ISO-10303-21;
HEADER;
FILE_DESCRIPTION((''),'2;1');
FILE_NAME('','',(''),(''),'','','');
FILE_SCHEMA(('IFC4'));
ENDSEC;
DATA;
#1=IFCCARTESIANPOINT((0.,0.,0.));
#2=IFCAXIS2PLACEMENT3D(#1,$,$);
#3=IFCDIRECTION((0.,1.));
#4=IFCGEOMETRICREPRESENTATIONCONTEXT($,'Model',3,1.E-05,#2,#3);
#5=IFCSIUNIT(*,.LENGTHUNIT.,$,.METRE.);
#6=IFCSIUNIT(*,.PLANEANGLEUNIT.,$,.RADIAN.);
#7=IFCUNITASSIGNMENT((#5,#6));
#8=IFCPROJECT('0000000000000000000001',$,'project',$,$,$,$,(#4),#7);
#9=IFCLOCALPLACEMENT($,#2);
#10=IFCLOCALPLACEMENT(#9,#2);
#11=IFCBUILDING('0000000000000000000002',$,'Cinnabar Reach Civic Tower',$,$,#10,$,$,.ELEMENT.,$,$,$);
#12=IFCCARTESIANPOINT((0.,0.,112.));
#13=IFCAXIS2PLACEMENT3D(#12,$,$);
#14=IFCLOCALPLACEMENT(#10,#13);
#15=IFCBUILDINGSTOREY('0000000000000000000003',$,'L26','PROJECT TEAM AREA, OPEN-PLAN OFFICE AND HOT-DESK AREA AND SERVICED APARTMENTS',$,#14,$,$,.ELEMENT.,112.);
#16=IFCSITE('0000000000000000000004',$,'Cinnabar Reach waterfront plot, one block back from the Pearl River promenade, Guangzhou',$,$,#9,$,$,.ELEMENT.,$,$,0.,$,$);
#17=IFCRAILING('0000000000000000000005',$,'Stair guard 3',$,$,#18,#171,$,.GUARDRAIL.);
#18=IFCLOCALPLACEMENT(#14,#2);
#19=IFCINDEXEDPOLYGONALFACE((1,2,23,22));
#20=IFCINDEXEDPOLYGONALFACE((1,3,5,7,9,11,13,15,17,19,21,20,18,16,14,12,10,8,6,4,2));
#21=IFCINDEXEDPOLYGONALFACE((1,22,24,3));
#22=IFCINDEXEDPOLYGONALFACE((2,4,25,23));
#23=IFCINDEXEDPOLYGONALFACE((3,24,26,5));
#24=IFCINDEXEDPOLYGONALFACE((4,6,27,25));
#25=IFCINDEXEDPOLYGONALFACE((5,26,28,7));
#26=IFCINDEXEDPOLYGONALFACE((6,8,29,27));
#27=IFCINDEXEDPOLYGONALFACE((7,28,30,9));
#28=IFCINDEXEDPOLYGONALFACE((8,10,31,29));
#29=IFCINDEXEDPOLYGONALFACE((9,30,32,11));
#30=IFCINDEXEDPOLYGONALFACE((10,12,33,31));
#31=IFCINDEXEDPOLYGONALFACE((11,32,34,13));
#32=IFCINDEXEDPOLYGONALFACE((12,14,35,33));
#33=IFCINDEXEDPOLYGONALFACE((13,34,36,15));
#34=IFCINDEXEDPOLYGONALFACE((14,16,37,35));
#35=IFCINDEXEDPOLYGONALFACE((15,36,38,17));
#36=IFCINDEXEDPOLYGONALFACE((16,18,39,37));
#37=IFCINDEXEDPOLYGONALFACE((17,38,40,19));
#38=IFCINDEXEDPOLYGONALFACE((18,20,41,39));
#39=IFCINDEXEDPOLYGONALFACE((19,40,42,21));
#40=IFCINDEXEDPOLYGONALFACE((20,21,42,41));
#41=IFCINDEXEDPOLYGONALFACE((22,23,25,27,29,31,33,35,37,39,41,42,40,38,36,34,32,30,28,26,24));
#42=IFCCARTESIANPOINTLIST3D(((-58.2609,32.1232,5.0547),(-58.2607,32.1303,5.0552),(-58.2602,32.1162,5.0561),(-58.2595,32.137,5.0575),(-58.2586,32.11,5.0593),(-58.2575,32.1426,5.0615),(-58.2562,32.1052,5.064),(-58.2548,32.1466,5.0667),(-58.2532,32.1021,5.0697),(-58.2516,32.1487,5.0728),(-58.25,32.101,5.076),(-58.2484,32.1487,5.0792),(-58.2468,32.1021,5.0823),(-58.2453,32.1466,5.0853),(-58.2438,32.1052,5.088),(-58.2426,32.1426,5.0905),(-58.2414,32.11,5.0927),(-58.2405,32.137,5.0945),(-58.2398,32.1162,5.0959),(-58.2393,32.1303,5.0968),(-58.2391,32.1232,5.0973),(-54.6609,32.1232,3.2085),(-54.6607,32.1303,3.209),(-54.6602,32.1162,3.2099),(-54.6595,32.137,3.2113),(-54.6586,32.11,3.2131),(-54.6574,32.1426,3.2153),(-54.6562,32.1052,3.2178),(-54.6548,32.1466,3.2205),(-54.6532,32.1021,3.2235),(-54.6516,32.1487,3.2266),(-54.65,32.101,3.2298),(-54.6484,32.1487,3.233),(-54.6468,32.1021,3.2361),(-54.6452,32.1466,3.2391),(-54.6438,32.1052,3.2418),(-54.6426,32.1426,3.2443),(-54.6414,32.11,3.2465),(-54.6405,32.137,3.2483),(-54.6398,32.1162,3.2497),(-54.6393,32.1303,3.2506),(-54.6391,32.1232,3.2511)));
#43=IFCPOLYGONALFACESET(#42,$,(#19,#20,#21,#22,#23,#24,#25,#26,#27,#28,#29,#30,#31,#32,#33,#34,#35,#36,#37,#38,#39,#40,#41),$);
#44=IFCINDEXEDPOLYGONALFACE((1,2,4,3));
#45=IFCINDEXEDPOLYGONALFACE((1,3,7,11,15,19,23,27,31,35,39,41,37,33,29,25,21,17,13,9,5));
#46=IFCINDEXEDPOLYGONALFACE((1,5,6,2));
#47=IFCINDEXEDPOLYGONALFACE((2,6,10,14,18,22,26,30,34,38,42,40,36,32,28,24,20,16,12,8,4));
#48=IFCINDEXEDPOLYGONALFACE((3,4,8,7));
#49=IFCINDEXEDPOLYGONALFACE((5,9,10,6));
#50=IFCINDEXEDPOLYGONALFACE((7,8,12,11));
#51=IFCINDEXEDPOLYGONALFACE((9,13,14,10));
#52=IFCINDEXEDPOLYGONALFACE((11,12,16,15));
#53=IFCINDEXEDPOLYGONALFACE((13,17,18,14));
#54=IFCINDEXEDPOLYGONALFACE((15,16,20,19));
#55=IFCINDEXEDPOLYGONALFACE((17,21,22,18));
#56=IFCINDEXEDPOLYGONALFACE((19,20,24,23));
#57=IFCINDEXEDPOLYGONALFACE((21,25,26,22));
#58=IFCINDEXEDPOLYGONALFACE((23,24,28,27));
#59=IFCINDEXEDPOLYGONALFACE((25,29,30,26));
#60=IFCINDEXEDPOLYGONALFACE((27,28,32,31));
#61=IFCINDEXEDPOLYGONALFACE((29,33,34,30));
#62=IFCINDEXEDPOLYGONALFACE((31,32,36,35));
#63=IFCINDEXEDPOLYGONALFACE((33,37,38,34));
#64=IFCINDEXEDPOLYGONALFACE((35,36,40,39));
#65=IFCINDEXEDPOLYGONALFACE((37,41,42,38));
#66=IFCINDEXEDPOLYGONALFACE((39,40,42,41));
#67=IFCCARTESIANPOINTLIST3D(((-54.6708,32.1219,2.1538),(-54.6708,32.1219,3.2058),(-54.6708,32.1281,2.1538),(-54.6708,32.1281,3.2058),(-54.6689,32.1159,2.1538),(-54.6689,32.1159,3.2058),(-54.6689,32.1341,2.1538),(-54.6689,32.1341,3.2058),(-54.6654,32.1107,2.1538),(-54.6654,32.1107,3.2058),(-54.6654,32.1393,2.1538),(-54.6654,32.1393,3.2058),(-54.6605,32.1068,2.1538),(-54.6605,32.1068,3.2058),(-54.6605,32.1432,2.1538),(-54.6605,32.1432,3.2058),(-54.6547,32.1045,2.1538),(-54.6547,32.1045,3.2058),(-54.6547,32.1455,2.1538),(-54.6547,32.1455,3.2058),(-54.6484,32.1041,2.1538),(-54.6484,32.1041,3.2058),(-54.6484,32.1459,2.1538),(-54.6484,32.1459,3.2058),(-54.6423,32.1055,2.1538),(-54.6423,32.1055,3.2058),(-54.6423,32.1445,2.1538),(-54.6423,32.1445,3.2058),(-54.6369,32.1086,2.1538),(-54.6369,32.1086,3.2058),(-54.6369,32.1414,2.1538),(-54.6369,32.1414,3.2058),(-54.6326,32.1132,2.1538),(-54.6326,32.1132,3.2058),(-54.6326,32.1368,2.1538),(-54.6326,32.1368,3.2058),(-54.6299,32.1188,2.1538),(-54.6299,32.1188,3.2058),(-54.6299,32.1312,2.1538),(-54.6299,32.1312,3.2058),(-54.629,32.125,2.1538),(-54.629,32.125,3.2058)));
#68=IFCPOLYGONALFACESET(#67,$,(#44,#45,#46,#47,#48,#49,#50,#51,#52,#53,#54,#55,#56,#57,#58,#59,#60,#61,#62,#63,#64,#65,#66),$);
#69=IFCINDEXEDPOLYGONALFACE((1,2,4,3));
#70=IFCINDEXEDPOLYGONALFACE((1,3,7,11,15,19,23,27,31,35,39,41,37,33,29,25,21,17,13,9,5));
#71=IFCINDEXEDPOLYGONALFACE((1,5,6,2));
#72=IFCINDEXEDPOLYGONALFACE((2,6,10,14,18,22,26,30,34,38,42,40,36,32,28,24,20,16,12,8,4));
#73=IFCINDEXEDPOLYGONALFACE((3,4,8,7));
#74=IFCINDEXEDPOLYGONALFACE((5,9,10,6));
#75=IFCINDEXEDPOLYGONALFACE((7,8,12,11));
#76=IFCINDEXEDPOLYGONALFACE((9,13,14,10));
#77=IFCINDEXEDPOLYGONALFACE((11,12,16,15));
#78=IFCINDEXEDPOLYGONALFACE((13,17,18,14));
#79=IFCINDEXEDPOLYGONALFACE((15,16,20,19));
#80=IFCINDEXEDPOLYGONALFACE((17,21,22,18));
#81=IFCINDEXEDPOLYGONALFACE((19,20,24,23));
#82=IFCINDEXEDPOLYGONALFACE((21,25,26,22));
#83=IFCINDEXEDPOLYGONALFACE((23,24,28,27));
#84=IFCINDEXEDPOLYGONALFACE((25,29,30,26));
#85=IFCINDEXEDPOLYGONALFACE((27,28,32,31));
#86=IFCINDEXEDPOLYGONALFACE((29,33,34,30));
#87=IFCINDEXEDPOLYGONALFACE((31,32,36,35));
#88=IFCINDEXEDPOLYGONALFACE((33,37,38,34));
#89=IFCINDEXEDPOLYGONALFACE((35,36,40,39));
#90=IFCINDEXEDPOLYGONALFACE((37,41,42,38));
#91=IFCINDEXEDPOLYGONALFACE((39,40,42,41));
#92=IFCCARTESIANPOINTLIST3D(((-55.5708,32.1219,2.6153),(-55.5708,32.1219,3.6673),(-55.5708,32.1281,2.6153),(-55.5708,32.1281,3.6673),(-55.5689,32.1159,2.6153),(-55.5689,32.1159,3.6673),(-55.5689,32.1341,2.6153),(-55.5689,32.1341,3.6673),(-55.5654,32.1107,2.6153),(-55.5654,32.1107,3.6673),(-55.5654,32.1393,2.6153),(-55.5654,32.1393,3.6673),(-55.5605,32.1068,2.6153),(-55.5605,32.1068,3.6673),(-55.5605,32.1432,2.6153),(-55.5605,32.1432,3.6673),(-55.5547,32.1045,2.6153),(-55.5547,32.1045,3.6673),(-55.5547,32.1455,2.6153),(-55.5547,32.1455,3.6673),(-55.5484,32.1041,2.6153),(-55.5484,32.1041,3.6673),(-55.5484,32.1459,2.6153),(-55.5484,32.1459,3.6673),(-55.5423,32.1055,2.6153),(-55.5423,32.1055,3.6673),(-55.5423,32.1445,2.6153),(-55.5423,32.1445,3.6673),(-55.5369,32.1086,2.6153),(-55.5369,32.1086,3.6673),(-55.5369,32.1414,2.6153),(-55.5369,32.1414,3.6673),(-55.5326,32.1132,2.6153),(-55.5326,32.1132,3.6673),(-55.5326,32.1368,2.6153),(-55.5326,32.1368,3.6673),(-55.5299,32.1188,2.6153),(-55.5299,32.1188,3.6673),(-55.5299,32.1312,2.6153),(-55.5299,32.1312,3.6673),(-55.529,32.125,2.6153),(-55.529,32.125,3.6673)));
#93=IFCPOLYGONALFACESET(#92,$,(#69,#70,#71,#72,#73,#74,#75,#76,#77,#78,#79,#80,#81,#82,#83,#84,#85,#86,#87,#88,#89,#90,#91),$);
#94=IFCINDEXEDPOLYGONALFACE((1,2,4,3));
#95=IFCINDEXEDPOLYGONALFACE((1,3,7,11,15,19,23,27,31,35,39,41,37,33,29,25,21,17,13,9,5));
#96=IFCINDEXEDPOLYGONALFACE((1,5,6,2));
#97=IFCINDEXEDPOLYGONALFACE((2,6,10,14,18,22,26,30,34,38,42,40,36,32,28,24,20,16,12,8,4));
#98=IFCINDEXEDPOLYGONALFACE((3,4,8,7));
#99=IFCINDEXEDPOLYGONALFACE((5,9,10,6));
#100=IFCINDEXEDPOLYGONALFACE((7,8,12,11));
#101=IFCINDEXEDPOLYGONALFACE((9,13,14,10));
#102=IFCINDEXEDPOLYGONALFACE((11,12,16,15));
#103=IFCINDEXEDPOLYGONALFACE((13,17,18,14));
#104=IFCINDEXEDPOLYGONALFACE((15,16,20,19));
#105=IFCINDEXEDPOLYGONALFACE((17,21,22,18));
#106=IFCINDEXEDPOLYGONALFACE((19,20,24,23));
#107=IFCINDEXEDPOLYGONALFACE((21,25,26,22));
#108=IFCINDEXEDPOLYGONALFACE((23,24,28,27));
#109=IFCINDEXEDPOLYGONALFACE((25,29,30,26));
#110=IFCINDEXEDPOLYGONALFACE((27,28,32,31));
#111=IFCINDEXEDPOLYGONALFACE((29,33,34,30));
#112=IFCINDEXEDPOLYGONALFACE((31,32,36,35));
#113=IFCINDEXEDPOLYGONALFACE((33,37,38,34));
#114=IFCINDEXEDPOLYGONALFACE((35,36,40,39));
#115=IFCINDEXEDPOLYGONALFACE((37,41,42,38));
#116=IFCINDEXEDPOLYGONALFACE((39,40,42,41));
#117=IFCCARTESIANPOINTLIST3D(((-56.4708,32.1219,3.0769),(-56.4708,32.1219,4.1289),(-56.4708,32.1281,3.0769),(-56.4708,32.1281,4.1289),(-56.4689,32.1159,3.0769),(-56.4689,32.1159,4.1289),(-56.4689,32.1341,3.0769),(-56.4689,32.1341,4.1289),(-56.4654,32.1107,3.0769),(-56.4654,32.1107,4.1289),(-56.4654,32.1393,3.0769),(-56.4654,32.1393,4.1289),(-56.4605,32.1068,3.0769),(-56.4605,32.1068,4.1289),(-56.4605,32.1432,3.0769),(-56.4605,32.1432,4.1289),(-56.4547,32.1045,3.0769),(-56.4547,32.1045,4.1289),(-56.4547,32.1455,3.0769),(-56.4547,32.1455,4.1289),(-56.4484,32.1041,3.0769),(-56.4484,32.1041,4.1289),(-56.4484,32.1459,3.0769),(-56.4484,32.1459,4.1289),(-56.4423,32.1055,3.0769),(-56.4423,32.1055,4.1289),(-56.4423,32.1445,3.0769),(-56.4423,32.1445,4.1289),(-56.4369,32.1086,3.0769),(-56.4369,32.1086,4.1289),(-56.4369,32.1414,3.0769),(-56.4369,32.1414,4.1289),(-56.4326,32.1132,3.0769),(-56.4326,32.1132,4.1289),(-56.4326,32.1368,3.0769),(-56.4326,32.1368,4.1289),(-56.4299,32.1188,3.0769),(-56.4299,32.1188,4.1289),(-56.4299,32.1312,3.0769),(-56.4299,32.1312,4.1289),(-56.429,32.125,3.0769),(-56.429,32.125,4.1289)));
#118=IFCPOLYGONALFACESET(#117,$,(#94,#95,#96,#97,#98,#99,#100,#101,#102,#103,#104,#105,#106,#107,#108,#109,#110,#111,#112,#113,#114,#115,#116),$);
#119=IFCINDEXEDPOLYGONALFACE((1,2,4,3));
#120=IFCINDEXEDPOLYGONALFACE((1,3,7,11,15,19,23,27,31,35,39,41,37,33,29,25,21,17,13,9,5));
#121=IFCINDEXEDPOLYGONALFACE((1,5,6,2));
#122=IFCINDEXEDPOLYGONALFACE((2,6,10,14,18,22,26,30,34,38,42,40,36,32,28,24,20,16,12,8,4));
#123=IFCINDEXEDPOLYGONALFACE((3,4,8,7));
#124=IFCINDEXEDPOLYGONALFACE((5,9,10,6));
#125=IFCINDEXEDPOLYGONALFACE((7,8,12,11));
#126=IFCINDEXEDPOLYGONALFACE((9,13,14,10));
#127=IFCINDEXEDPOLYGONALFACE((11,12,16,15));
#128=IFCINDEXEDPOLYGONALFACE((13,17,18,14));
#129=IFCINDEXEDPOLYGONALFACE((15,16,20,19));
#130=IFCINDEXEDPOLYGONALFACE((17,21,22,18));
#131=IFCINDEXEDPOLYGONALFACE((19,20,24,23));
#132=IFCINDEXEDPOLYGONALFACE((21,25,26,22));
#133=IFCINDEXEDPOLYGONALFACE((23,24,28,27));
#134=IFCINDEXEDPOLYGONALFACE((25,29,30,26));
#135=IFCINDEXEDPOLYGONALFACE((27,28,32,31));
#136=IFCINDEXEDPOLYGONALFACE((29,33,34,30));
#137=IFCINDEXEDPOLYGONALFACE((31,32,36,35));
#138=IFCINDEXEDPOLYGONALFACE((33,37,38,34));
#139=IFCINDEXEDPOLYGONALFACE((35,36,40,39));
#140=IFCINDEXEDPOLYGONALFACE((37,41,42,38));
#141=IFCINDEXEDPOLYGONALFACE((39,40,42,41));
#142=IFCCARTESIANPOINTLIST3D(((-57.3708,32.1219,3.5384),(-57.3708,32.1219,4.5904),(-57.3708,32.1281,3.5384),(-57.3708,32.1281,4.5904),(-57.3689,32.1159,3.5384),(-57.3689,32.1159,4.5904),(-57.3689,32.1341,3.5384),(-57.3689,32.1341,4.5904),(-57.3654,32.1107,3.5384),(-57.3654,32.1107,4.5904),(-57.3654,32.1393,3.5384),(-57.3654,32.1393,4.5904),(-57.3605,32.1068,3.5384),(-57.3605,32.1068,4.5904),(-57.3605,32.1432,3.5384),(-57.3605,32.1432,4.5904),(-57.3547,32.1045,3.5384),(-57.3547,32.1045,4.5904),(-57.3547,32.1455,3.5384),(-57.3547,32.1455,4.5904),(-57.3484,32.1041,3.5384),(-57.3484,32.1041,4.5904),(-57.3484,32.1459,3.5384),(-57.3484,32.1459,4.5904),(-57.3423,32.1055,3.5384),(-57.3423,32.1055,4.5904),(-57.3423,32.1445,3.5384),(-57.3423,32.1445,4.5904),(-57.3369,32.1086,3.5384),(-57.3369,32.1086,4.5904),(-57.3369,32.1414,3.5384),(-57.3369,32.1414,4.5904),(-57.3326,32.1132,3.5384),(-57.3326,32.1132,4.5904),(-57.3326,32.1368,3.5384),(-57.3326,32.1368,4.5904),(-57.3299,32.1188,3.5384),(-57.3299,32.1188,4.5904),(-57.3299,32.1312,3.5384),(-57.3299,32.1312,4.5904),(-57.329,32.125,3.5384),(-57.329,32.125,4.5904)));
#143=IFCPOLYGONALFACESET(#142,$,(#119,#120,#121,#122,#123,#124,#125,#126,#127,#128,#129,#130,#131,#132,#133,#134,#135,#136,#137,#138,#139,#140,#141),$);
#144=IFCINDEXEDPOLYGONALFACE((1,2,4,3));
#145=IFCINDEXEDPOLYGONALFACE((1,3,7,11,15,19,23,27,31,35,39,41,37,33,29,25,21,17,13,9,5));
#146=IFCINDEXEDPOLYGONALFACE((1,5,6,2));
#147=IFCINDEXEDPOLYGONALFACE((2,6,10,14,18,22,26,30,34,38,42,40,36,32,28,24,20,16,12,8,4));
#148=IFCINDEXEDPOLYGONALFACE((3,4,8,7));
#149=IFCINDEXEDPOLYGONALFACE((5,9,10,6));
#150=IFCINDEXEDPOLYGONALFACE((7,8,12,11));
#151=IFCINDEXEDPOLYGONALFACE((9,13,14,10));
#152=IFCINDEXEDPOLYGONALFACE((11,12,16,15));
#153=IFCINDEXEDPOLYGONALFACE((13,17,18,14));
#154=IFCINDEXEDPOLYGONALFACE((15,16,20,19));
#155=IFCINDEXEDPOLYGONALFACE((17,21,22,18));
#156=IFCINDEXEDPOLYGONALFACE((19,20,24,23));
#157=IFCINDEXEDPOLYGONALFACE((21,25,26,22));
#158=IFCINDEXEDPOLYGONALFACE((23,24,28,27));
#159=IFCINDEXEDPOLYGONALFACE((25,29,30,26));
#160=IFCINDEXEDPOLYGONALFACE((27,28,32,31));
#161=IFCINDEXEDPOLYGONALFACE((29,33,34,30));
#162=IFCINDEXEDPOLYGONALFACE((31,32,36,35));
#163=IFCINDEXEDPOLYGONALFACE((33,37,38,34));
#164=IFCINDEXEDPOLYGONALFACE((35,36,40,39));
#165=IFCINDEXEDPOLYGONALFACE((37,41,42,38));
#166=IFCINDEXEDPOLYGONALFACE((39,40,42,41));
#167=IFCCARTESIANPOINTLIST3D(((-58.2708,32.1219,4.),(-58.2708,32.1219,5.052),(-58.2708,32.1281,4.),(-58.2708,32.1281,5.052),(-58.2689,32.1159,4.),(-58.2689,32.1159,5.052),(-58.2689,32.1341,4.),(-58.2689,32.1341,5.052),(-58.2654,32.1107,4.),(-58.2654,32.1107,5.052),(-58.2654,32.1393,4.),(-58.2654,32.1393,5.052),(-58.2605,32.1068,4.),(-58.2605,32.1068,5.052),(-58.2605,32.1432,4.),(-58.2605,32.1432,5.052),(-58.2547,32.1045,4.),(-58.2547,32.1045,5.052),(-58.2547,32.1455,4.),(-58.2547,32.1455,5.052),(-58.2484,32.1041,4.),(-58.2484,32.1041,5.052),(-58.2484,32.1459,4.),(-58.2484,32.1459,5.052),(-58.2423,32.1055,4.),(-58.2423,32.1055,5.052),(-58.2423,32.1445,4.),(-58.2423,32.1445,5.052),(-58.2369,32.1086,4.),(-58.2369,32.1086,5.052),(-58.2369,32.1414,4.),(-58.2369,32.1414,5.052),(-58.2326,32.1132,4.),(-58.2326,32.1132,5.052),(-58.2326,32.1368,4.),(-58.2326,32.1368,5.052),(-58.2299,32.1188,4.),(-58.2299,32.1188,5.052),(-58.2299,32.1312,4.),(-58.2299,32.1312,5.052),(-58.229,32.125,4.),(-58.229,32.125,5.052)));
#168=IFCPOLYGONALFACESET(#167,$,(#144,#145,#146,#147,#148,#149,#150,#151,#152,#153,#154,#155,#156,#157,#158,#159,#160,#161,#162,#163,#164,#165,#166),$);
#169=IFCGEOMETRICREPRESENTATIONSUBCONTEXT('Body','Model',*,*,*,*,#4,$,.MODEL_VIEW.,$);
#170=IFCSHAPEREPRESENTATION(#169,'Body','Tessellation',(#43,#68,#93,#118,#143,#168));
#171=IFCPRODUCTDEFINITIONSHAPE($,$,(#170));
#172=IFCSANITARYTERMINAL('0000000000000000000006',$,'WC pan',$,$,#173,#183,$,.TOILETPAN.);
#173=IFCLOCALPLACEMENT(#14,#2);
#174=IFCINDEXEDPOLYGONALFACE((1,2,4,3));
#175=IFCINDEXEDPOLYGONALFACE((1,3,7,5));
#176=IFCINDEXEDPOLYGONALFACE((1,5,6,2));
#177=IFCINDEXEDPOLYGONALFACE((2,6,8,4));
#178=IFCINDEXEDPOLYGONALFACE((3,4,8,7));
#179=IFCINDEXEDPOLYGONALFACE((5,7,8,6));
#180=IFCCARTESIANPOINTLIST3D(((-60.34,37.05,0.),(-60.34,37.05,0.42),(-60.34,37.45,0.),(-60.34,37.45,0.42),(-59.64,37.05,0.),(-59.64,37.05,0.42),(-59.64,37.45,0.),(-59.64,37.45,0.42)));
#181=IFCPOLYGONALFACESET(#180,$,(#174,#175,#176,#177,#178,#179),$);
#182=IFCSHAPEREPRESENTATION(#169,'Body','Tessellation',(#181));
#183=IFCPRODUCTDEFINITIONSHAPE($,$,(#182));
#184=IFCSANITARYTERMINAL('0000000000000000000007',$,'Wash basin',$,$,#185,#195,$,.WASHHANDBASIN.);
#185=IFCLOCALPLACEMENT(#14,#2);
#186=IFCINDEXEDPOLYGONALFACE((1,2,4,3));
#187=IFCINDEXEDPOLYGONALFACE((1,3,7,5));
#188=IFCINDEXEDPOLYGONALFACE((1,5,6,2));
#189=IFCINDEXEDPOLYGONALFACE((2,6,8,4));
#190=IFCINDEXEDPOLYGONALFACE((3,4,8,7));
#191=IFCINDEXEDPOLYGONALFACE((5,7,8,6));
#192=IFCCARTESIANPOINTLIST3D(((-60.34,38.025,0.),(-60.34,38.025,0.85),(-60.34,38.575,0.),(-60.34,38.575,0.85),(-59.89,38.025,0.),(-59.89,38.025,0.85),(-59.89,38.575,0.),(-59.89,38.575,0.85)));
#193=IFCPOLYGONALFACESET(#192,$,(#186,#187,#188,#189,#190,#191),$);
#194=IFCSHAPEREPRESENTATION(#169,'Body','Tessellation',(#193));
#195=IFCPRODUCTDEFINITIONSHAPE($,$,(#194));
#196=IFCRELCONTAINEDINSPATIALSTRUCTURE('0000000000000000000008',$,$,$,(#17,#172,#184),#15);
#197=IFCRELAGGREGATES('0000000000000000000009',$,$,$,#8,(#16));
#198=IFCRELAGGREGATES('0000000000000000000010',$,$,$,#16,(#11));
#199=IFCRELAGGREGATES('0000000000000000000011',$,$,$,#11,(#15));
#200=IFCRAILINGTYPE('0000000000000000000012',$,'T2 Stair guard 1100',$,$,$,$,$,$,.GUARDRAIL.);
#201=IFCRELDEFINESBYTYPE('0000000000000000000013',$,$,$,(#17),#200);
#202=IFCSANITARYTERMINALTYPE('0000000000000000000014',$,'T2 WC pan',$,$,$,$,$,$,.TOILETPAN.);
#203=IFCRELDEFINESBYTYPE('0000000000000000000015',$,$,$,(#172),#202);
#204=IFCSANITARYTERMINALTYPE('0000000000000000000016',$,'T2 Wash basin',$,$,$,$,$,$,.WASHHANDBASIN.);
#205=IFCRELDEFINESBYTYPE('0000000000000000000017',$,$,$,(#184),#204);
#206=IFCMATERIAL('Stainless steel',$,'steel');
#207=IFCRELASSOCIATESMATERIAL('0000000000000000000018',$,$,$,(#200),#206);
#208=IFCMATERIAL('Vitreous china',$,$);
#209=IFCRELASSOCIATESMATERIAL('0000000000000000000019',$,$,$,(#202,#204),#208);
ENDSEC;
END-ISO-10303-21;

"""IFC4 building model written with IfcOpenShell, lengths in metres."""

from ifc_helpers import new_model, si_unit, direction, frame, origin, origin_2d, place, context, subcontext, project, spatial, rectangle, circle, extrude, material, type_object, element, save


model = new_model("IFC4")

# Units and contexts
model_context = context("Model", 3, precision=1e-05, world=origin(), true_north=direction((0.0, 1.0)))
body_context = subcontext(model_context, "Body", "Model", "MODEL_VIEW")
ifc_project = project(units=[si_unit("LENGTHUNIT", "METRE"), si_unit("PLANEANGLEUNIT", "RADIAN")], contexts=[model_context])

# Site, building, storey
site_placement = place(None, origin())
site = spatial("IfcSite", under=ifc_project, at=site_placement, Name="Cinnabar Reach waterfront plot, one block back from the Pearl River promenade, Guangzhou", CompositionType="ELEMENT", RefElevation=0.0)
building_placement = place(site_placement, origin())
building = spatial("IfcBuilding", under=site, at=building_placement, Name="Cinnabar Reach Civic Tower", CompositionType="ELEMENT")
storey_placement = place(building_placement, frame((0.0, 0.0, 112.0)))
storey = spatial("IfcBuildingStorey", under=building, at=storey_placement, Name="L26", Description="PROJECT TEAM AREA, OPEN-PLAN OFFICE AND HOT-DESK AREA AND SERVICED APARTMENTS", CompositionType="ELEMENT", Elevation=112.0)

# Railing
ifc_material_1 = material(Name="Stainless steel", Category="steel")
railing_type = type_object("IfcRailingType", Name="T2 Stair guard 1100", PredefinedType="GUARDRAIL", material=ifc_material_1)
railing_1_placement = place(storey_placement, frame((-54.65, 32.125, 2.1538)))
element("IfcRailing", 1, at=railing_1_placement, inside=storey, type_object=railing_type, Name="Stair guard 3", PredefinedType="GUARDRAIL", context=body_context, shape_type="SweptSolid", body=[
    extrude(circle(Radius=0.024, at=origin_2d()), frame((0.0, 0.0, 1.076), z_axis=(-0.889813, 0.0, 0.456326), x_axis=(0.0, -1.0, 0.0)), (0.0, 0.0, 1.0), 4.0458),
    extrude(circle(Radius=0.021, at=origin_2d()), origin(), (0.0, 0.0, 1.0), 1.052),
    extrude(circle(Radius=0.021, at=origin_2d()), frame((-0.9, 0.0, 0.4615)), (0.0, 0.0, 1.0), 1.052),
    extrude(circle(Radius=0.021, at=origin_2d()), frame((-1.8, 0.0, 0.9231)), (0.0, 0.0, 1.0), 1.052),
    extrude(circle(Radius=0.021, at=origin_2d()), frame((-2.7, 0.0, 1.3846)), (0.0, 0.0, 1.0), 1.052),
    extrude(circle(Radius=0.021, at=origin_2d()), frame((-3.6, 0.0, 1.8462)), (0.0, 0.0, 1.0), 1.052),
])

# Sanitary terminals
ifc_material_2 = material(Name="Vitreous china")
sanitary_terminal_type_1 = type_object("IfcSanitaryTerminalType", Name="T2 WC pan", PredefinedType="TOILETPAN", material=ifc_material_2)
sanitary_terminal_1_placement = place(storey_placement, frame((-59.99, 37.25, 0.0), z_axis=(0.0, 0.0, 1.0), x_axis=(1.0, 0.0, 0.0)))
element("IfcSanitaryTerminal", 2, at=sanitary_terminal_1_placement, inside=storey, type_object=sanitary_terminal_type_1, Name="WC pan", PredefinedType="TOILETPAN", context=body_context, shape_type="SweptSolid", body=[
    extrude(rectangle(XDim=0.7, YDim=0.4, at=origin_2d()), origin(), (0.0, 0.0, 1.0), 0.42),
])
sanitary_terminal_type_2 = type_object("IfcSanitaryTerminalType", Name="T2 Wash basin", PredefinedType="WASHHANDBASIN", material=ifc_material_2)
sanitary_terminal_2_placement = place(storey_placement, frame((-60.115, 38.3, 0.0), z_axis=(0.0, 0.0, 1.0), x_axis=(1.0, 0.0, 0.0)))
element("IfcSanitaryTerminal", 3, at=sanitary_terminal_2_placement, inside=storey, type_object=sanitary_terminal_type_2, Name="Wash basin", PredefinedType="WASHHANDBASIN", context=body_context, shape_type="SweptSolid", body=[
    extrude(rectangle(XDim=0.45, YDim=0.55, at=origin_2d()), origin(), (0.0, 0.0, 1.0), 0.85),
])

save(model, "model.ifc")
